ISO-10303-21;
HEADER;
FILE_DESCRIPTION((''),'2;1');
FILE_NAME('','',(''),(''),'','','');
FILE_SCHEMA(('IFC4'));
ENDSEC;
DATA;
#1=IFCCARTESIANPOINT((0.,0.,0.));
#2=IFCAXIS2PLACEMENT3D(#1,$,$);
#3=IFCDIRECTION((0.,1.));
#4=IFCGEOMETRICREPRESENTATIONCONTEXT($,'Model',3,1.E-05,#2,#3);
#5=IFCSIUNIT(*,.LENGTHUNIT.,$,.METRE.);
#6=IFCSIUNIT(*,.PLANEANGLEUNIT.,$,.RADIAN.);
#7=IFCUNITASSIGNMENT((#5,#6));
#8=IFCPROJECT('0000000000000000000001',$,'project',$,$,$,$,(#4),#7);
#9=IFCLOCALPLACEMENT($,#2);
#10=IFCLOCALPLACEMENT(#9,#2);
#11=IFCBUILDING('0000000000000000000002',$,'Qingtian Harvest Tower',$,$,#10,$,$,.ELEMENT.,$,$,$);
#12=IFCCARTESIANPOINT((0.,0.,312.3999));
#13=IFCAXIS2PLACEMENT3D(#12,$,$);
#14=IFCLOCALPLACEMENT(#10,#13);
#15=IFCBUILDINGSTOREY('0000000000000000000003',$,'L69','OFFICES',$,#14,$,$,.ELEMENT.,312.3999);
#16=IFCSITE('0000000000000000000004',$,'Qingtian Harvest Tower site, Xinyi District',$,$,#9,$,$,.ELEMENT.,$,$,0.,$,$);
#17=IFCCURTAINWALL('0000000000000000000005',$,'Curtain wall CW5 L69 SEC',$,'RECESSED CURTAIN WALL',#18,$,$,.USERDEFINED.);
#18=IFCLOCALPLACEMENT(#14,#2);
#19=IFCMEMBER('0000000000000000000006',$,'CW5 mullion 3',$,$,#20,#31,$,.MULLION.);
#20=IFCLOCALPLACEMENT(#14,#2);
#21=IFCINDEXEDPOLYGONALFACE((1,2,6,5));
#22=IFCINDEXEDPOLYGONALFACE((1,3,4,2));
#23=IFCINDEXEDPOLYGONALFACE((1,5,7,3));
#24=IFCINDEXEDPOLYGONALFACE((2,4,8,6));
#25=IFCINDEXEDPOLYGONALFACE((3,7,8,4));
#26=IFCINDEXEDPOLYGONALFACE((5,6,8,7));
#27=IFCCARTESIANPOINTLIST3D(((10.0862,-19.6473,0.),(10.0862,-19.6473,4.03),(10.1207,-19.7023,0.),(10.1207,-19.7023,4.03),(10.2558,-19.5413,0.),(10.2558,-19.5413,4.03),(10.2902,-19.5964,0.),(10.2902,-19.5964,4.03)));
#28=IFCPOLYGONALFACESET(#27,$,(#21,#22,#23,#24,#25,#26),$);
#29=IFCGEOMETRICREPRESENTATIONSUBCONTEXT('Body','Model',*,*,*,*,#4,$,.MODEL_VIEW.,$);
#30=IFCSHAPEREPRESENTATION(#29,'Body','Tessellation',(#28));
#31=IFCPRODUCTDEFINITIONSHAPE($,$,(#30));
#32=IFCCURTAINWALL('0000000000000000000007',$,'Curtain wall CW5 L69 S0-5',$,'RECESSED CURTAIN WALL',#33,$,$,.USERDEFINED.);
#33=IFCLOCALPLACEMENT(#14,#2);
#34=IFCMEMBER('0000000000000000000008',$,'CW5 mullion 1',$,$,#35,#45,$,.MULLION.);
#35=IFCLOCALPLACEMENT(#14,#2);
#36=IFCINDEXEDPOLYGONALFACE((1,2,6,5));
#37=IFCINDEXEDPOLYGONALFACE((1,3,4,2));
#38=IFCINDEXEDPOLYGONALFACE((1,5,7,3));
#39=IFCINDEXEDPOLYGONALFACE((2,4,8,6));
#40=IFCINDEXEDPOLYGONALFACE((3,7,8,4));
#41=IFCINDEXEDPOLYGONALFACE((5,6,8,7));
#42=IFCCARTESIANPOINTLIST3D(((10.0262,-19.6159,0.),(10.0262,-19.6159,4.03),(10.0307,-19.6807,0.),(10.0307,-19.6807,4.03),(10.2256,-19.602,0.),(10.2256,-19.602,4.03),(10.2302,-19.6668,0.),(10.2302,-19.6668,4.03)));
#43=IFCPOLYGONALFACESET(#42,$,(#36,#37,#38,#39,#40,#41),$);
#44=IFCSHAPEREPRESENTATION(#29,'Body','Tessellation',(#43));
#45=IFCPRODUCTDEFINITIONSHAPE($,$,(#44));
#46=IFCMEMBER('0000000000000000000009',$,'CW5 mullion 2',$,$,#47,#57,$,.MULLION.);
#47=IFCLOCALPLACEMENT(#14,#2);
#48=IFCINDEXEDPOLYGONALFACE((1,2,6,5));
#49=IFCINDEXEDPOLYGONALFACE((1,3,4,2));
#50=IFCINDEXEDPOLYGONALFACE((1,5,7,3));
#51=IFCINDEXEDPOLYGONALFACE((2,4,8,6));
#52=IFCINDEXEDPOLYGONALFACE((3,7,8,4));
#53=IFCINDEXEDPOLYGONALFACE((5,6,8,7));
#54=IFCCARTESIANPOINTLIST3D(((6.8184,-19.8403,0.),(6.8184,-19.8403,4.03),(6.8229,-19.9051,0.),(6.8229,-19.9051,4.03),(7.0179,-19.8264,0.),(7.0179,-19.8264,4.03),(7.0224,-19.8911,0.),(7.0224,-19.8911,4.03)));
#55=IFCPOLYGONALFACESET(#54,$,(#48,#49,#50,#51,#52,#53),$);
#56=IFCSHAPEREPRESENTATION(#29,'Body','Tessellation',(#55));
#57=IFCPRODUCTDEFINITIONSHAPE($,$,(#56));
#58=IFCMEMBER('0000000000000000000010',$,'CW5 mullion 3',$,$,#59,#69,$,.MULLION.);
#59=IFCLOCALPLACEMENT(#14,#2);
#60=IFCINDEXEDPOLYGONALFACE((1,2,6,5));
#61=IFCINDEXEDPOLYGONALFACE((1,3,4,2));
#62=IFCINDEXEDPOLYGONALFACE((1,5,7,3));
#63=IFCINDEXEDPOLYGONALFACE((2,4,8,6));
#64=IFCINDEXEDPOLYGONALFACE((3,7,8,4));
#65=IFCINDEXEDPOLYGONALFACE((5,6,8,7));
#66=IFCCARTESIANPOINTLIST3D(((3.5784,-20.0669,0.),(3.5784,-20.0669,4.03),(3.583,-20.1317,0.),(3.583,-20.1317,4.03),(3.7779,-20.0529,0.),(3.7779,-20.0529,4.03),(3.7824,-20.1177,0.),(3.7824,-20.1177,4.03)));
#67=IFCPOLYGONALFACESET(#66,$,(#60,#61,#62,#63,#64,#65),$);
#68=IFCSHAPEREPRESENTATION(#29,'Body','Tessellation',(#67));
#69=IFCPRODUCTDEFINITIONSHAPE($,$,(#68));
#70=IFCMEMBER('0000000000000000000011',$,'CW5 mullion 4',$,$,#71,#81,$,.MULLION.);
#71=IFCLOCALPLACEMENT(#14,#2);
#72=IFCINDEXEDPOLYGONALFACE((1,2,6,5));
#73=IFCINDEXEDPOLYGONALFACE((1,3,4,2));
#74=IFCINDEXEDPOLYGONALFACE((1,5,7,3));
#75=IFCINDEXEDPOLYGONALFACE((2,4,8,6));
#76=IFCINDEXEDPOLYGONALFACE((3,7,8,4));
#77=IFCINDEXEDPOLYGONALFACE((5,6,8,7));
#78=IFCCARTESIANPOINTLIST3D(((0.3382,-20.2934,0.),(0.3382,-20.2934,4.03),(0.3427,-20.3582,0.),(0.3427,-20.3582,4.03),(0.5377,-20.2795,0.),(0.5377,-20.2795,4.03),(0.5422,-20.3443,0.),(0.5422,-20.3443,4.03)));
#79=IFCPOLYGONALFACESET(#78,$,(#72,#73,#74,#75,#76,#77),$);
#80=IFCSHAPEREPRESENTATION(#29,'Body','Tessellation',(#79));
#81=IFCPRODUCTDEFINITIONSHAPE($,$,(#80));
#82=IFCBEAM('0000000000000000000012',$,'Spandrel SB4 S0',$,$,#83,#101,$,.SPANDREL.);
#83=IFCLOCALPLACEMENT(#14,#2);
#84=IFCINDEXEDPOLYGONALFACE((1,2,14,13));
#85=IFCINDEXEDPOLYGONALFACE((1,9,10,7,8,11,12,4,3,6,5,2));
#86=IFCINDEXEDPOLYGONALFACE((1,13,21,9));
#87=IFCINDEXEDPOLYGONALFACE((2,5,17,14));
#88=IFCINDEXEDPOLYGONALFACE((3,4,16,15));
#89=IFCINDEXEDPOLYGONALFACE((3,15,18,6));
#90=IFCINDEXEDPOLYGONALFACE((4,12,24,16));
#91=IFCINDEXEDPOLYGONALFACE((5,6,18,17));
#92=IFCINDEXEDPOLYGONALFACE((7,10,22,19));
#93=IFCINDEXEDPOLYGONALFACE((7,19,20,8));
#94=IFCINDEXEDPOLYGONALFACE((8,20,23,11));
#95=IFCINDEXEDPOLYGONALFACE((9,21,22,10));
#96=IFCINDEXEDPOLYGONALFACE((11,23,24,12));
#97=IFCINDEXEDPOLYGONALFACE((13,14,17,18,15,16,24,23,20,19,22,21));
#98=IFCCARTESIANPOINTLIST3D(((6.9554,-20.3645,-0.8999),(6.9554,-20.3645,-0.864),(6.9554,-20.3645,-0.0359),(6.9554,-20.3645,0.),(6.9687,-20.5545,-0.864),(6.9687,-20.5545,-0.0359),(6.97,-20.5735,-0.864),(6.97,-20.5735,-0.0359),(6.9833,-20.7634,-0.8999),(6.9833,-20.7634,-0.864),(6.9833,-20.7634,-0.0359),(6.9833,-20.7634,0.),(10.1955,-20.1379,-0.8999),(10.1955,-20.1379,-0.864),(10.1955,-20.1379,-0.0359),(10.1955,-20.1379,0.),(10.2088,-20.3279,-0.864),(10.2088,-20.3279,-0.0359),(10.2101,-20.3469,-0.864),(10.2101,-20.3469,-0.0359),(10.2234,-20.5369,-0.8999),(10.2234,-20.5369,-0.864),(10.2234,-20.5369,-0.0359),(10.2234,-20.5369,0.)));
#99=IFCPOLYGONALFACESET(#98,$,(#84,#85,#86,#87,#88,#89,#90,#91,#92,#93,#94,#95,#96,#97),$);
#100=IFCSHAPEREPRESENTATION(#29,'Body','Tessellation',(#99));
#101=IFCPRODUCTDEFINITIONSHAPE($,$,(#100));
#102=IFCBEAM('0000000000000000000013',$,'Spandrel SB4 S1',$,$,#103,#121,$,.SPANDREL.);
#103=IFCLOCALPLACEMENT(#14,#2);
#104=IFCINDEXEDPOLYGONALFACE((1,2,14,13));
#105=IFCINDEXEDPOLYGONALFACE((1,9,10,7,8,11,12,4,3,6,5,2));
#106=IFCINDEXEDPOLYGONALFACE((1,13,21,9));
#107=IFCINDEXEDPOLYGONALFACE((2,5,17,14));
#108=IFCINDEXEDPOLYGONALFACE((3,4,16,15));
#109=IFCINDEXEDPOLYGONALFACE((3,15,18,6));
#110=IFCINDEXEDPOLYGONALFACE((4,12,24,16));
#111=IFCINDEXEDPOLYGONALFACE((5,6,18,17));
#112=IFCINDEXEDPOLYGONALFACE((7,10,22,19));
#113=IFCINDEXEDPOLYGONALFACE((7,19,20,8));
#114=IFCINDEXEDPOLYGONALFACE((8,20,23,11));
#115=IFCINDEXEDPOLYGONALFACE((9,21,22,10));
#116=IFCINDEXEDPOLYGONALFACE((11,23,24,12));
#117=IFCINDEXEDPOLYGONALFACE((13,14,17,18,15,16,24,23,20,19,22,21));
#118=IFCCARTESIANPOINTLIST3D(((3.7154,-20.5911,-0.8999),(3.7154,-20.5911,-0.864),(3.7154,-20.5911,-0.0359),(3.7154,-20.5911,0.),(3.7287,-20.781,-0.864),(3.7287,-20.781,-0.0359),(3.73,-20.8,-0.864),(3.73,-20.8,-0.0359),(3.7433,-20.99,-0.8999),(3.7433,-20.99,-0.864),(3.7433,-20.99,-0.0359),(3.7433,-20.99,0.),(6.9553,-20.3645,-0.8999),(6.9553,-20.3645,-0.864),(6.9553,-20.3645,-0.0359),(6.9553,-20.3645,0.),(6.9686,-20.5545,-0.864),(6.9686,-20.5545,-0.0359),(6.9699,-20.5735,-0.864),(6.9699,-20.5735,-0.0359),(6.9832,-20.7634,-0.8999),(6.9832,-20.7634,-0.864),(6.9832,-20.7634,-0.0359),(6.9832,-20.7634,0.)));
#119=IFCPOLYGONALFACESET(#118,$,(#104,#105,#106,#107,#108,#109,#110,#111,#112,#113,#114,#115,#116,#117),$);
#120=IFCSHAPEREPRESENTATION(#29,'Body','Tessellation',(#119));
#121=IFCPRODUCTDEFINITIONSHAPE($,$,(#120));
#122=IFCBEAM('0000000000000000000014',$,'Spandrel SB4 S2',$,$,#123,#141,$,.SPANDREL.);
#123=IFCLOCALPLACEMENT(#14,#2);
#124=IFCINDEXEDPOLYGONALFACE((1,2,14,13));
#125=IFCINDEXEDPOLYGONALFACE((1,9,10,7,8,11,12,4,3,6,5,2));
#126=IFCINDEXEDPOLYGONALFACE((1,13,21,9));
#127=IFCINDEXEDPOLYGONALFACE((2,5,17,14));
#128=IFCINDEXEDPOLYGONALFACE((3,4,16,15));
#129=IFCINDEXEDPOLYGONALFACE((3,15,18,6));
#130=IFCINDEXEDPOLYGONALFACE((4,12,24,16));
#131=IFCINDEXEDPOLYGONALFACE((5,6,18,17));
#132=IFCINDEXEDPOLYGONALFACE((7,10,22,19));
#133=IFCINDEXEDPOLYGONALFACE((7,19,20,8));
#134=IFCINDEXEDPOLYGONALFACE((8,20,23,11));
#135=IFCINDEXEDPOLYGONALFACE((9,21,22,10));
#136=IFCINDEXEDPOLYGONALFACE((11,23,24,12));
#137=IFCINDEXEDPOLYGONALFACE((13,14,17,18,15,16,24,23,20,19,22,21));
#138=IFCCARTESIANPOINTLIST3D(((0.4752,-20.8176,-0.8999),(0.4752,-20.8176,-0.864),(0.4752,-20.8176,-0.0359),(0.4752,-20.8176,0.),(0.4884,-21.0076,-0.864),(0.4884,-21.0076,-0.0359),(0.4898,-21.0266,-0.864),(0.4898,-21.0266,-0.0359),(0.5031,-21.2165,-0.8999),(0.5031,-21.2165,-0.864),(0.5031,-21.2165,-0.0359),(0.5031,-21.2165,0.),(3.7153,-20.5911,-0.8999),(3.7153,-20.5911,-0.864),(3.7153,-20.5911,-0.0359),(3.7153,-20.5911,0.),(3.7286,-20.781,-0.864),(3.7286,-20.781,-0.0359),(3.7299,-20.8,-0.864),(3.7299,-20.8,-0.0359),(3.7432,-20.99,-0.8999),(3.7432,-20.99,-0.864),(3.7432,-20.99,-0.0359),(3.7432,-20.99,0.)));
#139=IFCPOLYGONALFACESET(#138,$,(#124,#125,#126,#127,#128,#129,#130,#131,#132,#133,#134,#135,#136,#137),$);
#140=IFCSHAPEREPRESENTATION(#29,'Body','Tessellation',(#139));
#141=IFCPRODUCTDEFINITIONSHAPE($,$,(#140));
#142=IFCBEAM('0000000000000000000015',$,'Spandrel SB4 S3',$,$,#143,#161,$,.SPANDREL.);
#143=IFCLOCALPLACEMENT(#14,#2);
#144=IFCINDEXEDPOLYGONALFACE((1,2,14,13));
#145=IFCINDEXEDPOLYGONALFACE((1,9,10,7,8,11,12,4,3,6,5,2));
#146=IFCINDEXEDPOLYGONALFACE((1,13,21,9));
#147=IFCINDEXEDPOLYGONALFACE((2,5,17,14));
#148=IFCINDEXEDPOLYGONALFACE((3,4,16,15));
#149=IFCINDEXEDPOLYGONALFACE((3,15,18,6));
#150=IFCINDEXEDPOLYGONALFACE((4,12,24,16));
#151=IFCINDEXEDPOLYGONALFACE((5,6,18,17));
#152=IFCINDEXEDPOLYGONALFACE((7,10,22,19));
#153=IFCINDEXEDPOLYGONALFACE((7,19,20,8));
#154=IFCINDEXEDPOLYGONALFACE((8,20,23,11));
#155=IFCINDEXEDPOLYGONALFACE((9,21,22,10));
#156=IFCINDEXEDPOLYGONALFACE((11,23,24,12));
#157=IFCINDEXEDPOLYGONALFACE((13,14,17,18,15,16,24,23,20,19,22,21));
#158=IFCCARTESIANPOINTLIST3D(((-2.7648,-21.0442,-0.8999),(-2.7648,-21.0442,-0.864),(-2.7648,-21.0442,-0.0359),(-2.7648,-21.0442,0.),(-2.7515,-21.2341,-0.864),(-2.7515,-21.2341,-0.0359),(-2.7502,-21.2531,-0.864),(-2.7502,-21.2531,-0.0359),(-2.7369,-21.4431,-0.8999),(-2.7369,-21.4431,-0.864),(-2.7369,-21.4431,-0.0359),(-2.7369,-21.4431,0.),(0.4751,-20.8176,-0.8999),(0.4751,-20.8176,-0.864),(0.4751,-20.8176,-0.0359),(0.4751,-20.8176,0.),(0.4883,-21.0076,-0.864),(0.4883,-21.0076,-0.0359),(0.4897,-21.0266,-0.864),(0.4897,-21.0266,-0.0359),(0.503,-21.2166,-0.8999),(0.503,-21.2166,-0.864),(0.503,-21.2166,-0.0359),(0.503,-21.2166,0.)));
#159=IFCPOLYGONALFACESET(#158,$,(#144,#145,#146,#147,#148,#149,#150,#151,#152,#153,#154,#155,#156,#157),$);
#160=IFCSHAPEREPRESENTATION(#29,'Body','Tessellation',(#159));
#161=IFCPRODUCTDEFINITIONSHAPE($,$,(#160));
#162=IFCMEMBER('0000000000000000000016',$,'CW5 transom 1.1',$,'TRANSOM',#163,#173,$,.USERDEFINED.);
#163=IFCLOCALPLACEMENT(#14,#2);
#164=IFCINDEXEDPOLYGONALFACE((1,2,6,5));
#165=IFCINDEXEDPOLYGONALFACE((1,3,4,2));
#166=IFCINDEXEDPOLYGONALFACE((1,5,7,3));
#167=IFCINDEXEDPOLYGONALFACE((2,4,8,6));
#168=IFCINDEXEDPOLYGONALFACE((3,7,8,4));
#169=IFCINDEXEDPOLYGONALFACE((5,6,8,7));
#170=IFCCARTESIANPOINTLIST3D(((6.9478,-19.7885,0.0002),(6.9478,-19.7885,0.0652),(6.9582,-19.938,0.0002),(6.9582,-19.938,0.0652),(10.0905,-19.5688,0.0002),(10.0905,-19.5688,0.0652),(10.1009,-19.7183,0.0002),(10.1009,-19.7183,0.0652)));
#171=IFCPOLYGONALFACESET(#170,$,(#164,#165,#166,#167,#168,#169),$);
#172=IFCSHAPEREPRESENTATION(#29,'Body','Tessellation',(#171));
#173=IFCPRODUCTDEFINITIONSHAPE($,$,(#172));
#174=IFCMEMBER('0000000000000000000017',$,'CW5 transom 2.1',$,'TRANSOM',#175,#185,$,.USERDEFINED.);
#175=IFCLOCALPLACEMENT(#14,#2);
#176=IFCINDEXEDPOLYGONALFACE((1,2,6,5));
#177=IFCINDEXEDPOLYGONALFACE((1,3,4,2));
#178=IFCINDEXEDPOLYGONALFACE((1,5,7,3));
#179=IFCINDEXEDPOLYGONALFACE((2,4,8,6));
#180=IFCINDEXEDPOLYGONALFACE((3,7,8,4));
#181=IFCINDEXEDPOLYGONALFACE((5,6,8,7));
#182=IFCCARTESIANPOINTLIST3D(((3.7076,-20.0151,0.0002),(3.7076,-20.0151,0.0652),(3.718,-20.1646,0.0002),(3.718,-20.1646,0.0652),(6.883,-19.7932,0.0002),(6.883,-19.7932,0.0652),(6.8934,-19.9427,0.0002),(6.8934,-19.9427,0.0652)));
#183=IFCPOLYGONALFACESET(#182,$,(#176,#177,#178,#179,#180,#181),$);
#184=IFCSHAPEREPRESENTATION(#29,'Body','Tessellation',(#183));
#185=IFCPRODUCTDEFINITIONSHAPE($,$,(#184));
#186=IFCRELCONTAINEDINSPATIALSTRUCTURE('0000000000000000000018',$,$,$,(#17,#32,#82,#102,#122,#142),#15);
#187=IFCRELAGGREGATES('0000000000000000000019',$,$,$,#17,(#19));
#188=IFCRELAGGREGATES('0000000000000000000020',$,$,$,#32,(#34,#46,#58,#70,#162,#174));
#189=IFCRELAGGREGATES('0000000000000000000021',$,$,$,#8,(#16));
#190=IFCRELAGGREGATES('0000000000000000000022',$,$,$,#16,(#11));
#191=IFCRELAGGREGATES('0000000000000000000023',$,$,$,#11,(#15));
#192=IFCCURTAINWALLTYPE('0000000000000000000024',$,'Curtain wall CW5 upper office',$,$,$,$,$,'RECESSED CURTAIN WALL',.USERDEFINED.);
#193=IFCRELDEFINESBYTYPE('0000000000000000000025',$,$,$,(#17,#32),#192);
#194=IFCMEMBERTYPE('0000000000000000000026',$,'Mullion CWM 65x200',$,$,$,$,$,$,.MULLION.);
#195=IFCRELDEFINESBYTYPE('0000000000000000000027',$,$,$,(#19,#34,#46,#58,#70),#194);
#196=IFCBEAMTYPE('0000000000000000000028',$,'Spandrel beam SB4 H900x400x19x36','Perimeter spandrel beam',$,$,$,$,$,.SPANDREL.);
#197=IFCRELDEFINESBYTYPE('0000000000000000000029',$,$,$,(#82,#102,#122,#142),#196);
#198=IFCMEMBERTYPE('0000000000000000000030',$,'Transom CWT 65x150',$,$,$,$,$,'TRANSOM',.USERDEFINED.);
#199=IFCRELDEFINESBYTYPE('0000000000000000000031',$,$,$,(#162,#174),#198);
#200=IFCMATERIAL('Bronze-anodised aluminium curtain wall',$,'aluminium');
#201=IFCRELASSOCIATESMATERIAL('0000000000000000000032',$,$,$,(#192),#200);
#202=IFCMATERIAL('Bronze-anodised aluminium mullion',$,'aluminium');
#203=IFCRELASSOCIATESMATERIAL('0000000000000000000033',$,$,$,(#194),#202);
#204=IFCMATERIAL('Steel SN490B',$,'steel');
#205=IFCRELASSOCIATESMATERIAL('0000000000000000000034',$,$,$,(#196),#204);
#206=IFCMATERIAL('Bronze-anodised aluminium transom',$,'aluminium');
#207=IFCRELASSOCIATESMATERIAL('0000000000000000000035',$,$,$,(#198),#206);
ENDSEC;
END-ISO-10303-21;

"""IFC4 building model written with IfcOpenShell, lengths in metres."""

from ifc_helpers import new_model, si_unit, direction, frame, origin, origin_2d, place, context, subcontext, project, spatial, rectangle, i_section, extrude, material, material_profile, profile_set, type_object, element, aggregate, save


model = new_model("IFC4")

# Units and contexts
model_context = context("Model", 3, precision=1e-05, world=origin(), true_north=direction((0.0, 1.0)))
body_context = subcontext(model_context, "Body", "Model", "MODEL_VIEW")
ifc_project = project(units=[si_unit("LENGTHUNIT", "METRE"), si_unit("PLANEANGLEUNIT", "RADIAN")], contexts=[model_context])

# Site, building, storey
site_placement = place(None, origin())
site = spatial("IfcSite", under=ifc_project, at=site_placement, Name="Qingtian Harvest Tower site, Xinyi District", CompositionType="ELEMENT", RefElevation=0.0)
building_placement = place(site_placement, origin())
building = spatial("IfcBuilding", under=site, at=building_placement, Name="Qingtian Harvest Tower", CompositionType="ELEMENT")
storey_placement = place(building_placement, frame((0.0, 0.0, 312.3999)))
storey = spatial("IfcBuildingStorey", under=building, at=storey_placement, Name="L69", Description="OFFICES", CompositionType="ELEMENT", Elevation=312.3999)

# Curtain wall, member
ifc_material_1 = material(Name="Bronze-anodised aluminium curtain wall", Category="aluminium")
curtain_wall_type = type_object("IfcCurtainWallType", Name="Curtain wall CW5 upper office", ElementType="RECESSED CURTAIN WALL", PredefinedType="USERDEFINED", material=ifc_material_1)
curtain_wall_1_placement = place(storey_placement, origin())
curtain_wall_1 = element("IfcCurtainWall", 1, at=curtain_wall_1_placement, inside=storey, type_object=curtain_wall_type, Name="Curtain wall CW5 L69 SEC", ObjectType="RECESSED CURTAIN WALL", PredefinedType="USERDEFINED")
ifc_material_2 = material(Name="Bronze-anodised aluminium mullion", Category="aluminium")
ifc_material_profile_1 = material_profile(ifc_material_2, rectangle(XDim=0.0649, YDim=0.2, at=origin_2d()), Name="AL 65x200")
ifc_profile_set_1 = profile_set([ifc_material_profile_1], Name="Bronze-anodised aluminium mullion")
member_type_1 = type_object("IfcMemberType", Name="Mullion CWM 65x200", PredefinedType="MULLION", material=ifc_profile_set_1)
member_1_placement = place(storey_placement, frame((10.1882, -19.6218, 0.0), z_axis=(0.0, 0.0, 1.0), x_axis=(0.529919, -0.848048, 0.0)))
member_1 = element("IfcMember", 2, at=member_1_placement, type_object=member_type_1, Name="CW5 mullion 3", PredefinedType="MULLION", context=body_context, shape_type="SweptSolid", body=[
    extrude(rectangle(XDim=0.0649, YDim=0.2, at=origin_2d()), origin(), (0.0, 0.0, 1.0), 4.03),
])
aggregate(curtain_wall_1, [member_1])

# Curtain wall, members
curtain_wall_2_placement = place(storey_placement, origin())
curtain_wall_2 = element("IfcCurtainWall", 3, at=curtain_wall_2_placement, inside=storey, type_object=curtain_wall_type, Name="Curtain wall CW5 L69 S0-5", ObjectType="RECESSED CURTAIN WALL", PredefinedType="USERDEFINED")
member_2_placement = place(storey_placement, frame((10.1282, -19.6414, 0.0), z_axis=(0.0, 0.0, 1.0), x_axis=(0.069756, -0.997564, 0.0)))
member_2 = element("IfcMember", 4, at=member_2_placement, type_object=member_type_1, Name="CW5 mullion 1", PredefinedType="MULLION", context=body_context, shape_type="SweptSolid", body=[
    extrude(rectangle(XDim=0.0649, YDim=0.2, at=origin_2d()), origin(), (0.0, 0.0, 1.0), 4.03),
])
member_3_placement = place(storey_placement, frame((6.9204, -19.8657, 0.0), z_axis=(0.0, 0.0, 1.0), x_axis=(0.069756, -0.997564, 0.0)))
member_3 = element("IfcMember", 5, at=member_3_placement, type_object=member_type_1, Name="CW5 mullion 2", PredefinedType="MULLION", context=body_context, shape_type="SweptSolid", body=[
    extrude(rectangle(XDim=0.0649, YDim=0.2, at=origin_2d()), origin(), (0.0, 0.0, 1.0), 4.03),
])
member_4_placement = place(storey_placement, frame((3.6804, -20.0923, 0.0), z_axis=(0.0, 0.0, 1.0), x_axis=(0.069756, -0.997564, 0.0)))
member_4 = element("IfcMember", 6, at=member_4_placement, type_object=member_type_1, Name="CW5 mullion 3", PredefinedType="MULLION", context=body_context, shape_type="SweptSolid", body=[
    extrude(rectangle(XDim=0.0649, YDim=0.2, at=origin_2d()), origin(), (0.0, 0.0, 1.0), 4.03),
])
member_5_placement = place(storey_placement, frame((0.4402, -20.3188, 0.0), z_axis=(0.0, 0.0, 1.0), x_axis=(0.069756, -0.997564, 0.0)))
member_5 = element("IfcMember", 7, at=member_5_placement, type_object=member_type_1, Name="CW5 mullion 4", PredefinedType="MULLION", context=body_context, shape_type="SweptSolid", body=[
    extrude(rectangle(XDim=0.0649, YDim=0.2, at=origin_2d()), origin(), (0.0, 0.0, 1.0), 4.03),
])

# Beams
ifc_material_3 = material(Name="Steel SN490B", Category="steel")
ifc_material_profile_2 = material_profile(ifc_material_3, i_section(OverallWidth=0.3999, OverallDepth=0.8999, WebThickness=0.019, FlangeThickness=0.0359, at=origin_2d()), Name="H900x400x19x36")
ifc_profile_set_2 = profile_set([ifc_material_profile_2], Name="Steel SN490B")
beam_type_1 = type_object("IfcBeamType", Name="Spandrel beam SB4 H900x400x19x36", Description="Perimeter spandrel beam", PredefinedType="SPANDREL", material=ifc_profile_set_2)
beam_1_placement = place(storey_placement, frame((10.2095, -20.3374, -0.45), z_axis=(-0.997564, -0.069751, 0.0), x_axis=(0.069751, -0.997564, 0.0)))
element("IfcBeam", 8, at=beam_1_placement, inside=storey, type_object=beam_type_1, Name="Spandrel SB4 S0", PredefinedType="SPANDREL", context=body_context, shape_type="SweptSolid", body=[
    extrude(i_section(OverallWidth=0.3999, OverallDepth=0.8999, WebThickness=0.019, FlangeThickness=0.0359, at=origin_2d()), origin(), (0.0, 0.0, 1.0), 3.248),
])
beam_2_placement = place(storey_placement, frame((6.9692, -20.564, -0.45), z_axis=(-0.997564, -0.069757, 0.0), x_axis=(0.069757, -0.997564, 0.0)))
element("IfcBeam", 9, at=beam_2_placement, inside=storey, type_object=beam_type_1, Name="Spandrel SB4 S1", PredefinedType="SPANDREL", context=body_context, shape_type="SweptSolid", body=[
    extrude(i_section(OverallWidth=0.3999, OverallDepth=0.8999, WebThickness=0.019, FlangeThickness=0.0359, at=origin_2d()), origin(), (0.0, 0.0, 1.0), 3.2478),
])
beam_3_placement = place(storey_placement, frame((3.7292, -20.7905, -0.45), z_axis=(-0.997564, -0.069751, 0.0), x_axis=(0.069751, -0.997564, 0.0)))
element("IfcBeam", 10, at=beam_3_placement, inside=storey, type_object=beam_type_1, Name="Spandrel SB4 S2", PredefinedType="SPANDREL", context=body_context, shape_type="SweptSolid", body=[
    extrude(i_section(OverallWidth=0.3999, OverallDepth=0.8999, WebThickness=0.019, FlangeThickness=0.0359, at=origin_2d()), origin(), (0.0, 0.0, 1.0), 3.248),
])
beam_4_placement = place(storey_placement, frame((0.489, -21.0171, -0.45), z_axis=(-0.997564, -0.069757, 0.0), x_axis=(0.069757, -0.997564, 0.0)))
element("IfcBeam", 11, at=beam_4_placement, inside=storey, type_object=beam_type_1, Name="Spandrel SB4 S3", PredefinedType="SPANDREL", context=body_context, shape_type="SweptSolid", body=[
    extrude(i_section(OverallWidth=0.3999, OverallDepth=0.8999, WebThickness=0.019, FlangeThickness=0.0359, at=origin_2d()), origin(), (0.0, 0.0, 1.0), 3.2478),
])

# Members
ifc_material_4 = material(Name="Bronze-anodised aluminium transom", Category="aluminium")
ifc_material_profile_3 = material_profile(ifc_material_4, rectangle(XDim=0.1499, YDim=0.0649, at=origin_2d()), Name="AL 65x150")
ifc_profile_set_3 = profile_set([ifc_material_profile_3], Name="Bronze-anodised aluminium transom")
member_type_2 = type_object("IfcMemberType", Name="Transom CWT 65x150", ElementType="TRANSOM", PredefinedType="USERDEFINED", material=ifc_profile_set_3)
member_6_placement = place(storey_placement, frame((10.0957, -19.6436, 0.0327), z_axis=(-0.997565, -0.069744, 0.0), x_axis=(0.069744, -0.997565, 0.0)))
member_6 = element("IfcMember", 12, at=member_6_placement, type_object=member_type_2, Name="CW5 transom 1.1", ObjectType="TRANSOM", PredefinedType="USERDEFINED", context=body_context, shape_type="SweptSolid", body=[
    extrude(rectangle(XDim=0.1499, YDim=0.0649, at=origin_2d()), origin(), (0.0, 0.0, 1.0), 3.1504),
])
member_7_placement = place(storey_placement, frame((6.8882, -19.8679, 0.0327), z_axis=(-0.997567, -0.069721, 0.0), x_axis=(0.069721, -0.997567, 0.0)))
member_7 = element("IfcMember", 13, at=member_7_placement, type_object=member_type_2, Name="CW5 transom 2.1", ObjectType="TRANSOM", PredefinedType="USERDEFINED", context=body_context, shape_type="SweptSolid", body=[
    extrude(rectangle(XDim=0.1499, YDim=0.0649, at=origin_2d()), origin(), (0.0, 0.0, 1.0), 3.1831),
])

aggregate(curtain_wall_2, [member_2, member_3, member_4, member_5, member_6, member_7])

save(model, "model.ifc")
